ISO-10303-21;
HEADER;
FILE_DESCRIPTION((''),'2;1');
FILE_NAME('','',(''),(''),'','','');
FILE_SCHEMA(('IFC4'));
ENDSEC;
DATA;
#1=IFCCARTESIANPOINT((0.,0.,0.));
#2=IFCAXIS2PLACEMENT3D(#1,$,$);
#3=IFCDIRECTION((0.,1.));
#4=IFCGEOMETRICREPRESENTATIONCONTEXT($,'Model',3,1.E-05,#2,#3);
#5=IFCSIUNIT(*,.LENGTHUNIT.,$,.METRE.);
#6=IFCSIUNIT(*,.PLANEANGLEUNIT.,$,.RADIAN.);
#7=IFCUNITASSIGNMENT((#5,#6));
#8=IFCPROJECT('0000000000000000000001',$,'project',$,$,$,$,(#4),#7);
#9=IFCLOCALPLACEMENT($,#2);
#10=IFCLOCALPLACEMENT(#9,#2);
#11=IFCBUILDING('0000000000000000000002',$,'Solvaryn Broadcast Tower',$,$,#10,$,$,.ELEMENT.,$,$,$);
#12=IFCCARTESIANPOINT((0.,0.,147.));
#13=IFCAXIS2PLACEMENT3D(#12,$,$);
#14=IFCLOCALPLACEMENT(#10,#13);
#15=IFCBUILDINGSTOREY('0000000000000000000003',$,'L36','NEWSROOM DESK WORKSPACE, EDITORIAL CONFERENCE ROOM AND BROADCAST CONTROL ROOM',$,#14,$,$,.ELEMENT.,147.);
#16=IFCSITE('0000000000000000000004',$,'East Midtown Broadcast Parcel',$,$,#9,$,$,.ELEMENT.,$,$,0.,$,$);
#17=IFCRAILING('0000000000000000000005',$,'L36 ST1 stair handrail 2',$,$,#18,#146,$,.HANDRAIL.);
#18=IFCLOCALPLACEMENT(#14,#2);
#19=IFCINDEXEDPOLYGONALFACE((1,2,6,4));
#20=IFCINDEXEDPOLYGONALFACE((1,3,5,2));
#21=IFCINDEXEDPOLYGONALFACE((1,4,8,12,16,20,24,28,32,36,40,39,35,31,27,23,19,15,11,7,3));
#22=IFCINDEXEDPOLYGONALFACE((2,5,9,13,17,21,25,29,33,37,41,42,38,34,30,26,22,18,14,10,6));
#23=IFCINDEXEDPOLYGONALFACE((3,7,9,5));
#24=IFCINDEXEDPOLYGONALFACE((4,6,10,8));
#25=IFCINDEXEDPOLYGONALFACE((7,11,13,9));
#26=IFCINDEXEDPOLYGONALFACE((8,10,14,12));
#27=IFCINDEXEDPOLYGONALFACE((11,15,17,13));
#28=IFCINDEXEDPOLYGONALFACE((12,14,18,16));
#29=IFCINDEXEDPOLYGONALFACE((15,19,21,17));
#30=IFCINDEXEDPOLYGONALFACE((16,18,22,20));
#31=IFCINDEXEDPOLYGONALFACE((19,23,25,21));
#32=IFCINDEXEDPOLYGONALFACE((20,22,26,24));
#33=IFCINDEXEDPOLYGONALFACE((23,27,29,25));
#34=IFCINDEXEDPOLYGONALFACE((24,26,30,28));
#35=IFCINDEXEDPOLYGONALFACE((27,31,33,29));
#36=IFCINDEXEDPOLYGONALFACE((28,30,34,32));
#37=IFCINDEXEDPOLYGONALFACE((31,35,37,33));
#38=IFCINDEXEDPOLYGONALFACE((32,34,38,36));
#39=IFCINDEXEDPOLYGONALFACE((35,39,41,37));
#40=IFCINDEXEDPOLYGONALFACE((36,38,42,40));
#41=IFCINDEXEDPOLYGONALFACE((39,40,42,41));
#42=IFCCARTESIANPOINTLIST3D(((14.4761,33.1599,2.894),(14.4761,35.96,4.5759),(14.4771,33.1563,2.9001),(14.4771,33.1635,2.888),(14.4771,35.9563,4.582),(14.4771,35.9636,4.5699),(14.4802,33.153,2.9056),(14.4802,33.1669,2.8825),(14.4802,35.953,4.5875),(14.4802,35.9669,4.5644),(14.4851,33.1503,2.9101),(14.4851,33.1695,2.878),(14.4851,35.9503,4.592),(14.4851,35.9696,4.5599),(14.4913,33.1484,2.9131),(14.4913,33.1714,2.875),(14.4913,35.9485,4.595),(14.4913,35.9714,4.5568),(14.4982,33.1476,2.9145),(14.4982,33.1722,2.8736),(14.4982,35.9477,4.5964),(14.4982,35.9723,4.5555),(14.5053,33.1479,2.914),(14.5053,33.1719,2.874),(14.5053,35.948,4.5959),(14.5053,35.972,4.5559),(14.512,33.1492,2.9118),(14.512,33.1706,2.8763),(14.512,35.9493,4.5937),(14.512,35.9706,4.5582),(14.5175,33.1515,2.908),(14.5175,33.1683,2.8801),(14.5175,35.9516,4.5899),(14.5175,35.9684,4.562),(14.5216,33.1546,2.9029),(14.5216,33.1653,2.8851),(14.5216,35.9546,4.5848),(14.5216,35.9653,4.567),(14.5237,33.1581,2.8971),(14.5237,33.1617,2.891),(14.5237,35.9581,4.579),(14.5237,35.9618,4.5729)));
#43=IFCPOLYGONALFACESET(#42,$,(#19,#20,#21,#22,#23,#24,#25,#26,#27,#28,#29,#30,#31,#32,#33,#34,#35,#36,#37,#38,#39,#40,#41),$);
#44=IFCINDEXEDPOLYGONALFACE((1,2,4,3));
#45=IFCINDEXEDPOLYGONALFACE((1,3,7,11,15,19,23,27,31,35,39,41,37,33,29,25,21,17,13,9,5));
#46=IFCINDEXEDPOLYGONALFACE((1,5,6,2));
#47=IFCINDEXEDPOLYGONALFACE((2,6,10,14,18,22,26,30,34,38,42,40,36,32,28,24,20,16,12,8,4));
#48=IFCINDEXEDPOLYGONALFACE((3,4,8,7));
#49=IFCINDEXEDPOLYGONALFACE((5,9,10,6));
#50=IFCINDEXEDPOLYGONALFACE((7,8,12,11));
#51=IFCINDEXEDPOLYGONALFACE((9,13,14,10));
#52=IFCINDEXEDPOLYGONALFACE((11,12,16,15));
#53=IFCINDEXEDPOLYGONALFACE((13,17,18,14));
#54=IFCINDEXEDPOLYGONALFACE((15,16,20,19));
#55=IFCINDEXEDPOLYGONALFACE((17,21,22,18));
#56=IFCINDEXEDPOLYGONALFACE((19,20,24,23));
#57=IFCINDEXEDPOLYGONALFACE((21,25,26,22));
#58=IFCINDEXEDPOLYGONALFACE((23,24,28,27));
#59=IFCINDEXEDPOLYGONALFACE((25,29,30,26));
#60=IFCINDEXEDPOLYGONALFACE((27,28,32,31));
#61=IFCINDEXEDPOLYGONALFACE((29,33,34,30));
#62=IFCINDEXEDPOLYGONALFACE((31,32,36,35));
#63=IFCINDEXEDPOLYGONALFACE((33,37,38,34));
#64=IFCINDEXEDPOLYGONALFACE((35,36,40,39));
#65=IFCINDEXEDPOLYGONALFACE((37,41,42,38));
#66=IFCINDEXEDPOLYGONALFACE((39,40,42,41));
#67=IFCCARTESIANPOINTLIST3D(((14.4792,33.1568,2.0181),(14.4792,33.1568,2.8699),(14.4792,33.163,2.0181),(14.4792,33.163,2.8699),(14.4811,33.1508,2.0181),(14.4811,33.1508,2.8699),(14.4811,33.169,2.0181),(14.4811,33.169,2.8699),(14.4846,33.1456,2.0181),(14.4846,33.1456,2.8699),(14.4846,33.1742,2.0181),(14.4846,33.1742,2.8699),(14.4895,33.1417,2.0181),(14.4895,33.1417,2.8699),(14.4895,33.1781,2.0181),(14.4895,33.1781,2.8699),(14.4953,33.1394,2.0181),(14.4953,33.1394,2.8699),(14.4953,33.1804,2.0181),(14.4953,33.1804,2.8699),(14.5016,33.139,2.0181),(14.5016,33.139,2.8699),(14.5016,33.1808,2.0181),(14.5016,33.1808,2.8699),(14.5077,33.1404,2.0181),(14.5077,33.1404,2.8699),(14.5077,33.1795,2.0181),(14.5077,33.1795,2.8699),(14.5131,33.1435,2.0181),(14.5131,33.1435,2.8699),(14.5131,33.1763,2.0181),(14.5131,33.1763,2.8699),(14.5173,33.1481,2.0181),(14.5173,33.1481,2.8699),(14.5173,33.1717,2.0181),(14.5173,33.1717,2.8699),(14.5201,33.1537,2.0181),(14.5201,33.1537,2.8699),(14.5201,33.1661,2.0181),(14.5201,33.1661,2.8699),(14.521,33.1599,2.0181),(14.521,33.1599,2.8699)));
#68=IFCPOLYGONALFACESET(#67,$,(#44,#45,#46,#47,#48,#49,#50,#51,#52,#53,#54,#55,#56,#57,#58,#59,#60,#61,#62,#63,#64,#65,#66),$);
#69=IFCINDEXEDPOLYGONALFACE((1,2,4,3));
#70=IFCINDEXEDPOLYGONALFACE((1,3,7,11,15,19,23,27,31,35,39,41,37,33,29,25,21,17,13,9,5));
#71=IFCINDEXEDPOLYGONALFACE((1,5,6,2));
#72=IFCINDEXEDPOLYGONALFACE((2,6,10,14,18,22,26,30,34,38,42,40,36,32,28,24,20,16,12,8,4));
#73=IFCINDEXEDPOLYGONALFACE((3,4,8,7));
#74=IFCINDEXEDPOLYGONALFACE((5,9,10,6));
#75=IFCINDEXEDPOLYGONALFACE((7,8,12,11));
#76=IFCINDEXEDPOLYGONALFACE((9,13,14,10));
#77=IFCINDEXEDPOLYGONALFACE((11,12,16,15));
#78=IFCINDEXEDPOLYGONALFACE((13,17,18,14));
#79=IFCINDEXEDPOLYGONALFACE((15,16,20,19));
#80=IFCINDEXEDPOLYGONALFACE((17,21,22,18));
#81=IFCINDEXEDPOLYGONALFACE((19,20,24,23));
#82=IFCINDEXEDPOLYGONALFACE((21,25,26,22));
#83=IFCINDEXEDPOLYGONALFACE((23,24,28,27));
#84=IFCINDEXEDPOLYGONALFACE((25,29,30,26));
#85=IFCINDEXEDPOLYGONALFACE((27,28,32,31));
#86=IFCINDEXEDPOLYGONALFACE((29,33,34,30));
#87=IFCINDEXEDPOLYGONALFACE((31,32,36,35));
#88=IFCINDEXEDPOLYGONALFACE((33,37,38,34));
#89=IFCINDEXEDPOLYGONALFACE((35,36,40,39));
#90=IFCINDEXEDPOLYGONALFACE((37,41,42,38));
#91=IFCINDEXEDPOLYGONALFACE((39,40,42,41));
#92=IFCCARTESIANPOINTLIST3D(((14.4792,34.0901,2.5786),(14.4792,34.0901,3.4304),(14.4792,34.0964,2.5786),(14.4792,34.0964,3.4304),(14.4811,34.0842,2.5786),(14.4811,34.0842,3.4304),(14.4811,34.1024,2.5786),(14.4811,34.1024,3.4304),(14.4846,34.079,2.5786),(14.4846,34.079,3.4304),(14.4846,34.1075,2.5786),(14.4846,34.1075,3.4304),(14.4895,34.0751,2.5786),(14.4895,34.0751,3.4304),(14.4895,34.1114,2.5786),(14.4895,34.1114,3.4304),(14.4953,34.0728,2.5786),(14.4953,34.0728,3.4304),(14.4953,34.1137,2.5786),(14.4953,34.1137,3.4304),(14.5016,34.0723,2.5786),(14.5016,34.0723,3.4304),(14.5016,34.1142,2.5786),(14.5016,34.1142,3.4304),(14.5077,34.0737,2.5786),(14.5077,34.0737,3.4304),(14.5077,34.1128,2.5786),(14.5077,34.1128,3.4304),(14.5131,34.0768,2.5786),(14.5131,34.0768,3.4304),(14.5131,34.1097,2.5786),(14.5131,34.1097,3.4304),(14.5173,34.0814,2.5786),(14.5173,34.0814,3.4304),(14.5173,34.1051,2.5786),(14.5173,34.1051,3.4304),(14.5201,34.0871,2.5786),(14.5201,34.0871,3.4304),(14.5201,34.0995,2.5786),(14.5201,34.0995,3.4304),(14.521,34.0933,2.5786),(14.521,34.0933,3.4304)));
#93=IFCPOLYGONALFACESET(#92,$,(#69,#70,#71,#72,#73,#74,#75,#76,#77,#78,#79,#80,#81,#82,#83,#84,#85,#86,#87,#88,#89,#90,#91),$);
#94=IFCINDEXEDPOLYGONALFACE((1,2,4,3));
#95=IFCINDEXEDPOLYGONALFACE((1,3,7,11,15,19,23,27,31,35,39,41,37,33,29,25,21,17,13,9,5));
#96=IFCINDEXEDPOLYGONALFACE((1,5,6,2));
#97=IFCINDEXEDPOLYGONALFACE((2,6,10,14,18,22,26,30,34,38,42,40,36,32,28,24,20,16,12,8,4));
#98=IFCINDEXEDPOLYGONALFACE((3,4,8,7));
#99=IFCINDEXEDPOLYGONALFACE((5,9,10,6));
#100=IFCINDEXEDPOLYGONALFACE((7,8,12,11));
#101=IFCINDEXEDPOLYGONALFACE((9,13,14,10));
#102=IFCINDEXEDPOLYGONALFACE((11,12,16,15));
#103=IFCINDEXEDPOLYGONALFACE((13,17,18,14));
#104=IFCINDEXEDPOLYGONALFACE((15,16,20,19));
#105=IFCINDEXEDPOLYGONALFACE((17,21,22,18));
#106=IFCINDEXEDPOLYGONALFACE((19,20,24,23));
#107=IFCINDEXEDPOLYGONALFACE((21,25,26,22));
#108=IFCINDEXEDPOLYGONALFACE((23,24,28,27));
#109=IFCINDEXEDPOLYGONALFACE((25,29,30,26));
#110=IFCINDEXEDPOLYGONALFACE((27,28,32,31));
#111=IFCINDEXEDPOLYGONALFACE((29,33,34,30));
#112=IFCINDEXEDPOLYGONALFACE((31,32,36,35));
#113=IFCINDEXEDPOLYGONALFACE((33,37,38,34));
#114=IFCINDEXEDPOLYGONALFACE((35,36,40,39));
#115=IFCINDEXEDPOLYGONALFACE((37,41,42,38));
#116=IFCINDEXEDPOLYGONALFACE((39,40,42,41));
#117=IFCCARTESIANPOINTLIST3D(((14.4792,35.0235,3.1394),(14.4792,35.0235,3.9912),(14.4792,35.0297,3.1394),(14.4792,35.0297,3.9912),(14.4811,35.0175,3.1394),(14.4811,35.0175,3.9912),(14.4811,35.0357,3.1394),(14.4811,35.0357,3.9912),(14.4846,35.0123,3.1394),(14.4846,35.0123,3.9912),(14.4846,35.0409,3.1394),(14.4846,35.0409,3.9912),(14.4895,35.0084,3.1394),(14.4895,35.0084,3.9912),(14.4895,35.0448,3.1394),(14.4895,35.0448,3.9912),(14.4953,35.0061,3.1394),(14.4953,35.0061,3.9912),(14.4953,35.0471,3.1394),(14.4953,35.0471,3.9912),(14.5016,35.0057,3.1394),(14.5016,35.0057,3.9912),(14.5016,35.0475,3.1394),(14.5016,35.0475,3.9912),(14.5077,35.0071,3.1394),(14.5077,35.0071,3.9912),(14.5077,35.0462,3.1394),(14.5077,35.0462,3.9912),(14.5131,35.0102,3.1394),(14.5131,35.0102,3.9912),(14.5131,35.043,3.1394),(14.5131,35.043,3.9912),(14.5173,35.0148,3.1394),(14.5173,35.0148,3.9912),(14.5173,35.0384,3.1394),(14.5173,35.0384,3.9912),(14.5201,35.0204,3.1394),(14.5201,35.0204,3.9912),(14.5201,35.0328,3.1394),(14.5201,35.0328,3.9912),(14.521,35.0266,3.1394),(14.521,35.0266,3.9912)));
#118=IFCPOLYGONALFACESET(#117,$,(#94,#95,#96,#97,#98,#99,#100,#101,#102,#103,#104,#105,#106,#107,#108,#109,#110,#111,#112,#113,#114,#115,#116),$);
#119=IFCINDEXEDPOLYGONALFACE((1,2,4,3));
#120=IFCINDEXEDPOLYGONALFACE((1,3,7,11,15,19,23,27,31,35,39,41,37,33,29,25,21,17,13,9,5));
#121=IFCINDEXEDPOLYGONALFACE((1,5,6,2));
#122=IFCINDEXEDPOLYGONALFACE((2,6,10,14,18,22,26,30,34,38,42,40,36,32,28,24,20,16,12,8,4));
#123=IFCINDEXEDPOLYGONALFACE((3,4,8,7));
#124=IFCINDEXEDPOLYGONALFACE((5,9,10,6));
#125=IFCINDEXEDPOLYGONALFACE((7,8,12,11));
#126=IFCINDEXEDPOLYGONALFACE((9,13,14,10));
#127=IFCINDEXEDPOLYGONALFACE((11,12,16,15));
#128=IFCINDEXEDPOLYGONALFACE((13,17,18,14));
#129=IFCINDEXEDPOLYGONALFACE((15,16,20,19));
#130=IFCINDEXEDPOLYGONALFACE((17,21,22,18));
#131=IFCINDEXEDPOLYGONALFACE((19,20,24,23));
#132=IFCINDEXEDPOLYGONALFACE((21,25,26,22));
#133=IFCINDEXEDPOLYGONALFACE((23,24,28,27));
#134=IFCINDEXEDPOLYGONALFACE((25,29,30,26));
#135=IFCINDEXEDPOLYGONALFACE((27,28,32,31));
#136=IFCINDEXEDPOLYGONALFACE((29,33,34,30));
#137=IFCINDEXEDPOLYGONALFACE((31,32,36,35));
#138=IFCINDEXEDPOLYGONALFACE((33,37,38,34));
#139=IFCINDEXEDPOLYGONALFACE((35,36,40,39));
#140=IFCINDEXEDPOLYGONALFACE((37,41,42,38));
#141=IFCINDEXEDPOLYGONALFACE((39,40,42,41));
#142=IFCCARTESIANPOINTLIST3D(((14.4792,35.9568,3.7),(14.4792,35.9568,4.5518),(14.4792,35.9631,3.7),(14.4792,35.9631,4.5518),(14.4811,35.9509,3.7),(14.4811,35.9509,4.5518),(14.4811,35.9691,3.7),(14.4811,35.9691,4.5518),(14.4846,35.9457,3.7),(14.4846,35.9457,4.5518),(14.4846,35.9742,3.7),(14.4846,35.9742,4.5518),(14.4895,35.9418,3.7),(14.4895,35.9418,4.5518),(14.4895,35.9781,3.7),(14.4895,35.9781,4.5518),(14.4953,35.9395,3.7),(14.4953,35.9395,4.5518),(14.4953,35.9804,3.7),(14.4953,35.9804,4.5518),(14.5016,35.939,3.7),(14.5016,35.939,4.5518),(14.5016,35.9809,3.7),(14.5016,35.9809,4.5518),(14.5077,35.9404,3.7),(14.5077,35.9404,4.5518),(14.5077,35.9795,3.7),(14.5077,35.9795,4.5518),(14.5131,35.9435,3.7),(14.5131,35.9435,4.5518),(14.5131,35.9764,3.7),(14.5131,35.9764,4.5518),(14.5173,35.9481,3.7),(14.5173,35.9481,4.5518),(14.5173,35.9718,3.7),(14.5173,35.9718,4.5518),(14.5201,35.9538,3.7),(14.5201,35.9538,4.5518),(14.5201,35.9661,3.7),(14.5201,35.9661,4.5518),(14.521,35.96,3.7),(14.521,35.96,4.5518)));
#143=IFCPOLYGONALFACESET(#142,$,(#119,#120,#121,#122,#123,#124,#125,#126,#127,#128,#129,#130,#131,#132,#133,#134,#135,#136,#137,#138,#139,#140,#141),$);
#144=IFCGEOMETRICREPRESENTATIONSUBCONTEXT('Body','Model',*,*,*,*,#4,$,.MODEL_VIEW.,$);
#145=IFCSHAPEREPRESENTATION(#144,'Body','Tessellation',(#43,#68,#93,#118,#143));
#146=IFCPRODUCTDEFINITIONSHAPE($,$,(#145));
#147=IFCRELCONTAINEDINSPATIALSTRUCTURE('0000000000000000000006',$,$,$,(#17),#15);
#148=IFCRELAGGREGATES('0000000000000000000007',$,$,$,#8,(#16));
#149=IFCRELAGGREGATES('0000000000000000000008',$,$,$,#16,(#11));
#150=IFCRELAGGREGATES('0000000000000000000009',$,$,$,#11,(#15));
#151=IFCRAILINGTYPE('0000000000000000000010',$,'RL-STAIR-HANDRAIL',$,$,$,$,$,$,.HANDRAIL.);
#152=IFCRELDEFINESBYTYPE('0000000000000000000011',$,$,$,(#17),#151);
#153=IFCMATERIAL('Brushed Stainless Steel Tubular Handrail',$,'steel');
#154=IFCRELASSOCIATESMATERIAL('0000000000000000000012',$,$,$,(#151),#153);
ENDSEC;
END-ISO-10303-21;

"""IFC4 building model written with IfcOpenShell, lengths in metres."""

from ifc_helpers import new_model, si_unit, direction, frame, origin, origin_2d, place, context, subcontext, project, spatial, circle, extrude, material, type_object, element, save


model = new_model("IFC4")

# Units and contexts
model_context = context("Model", 3, precision=1e-05, world=origin(), true_north=direction((0.0, 1.0)))
body_context = subcontext(model_context, "Body", "Model", "MODEL_VIEW")
ifc_project = project(units=[si_unit("LENGTHUNIT", "METRE"), si_unit("PLANEANGLEUNIT", "RADIAN")], contexts=[model_context])

# Site, building, storey
site_placement = place(None, origin())
site = spatial("IfcSite", under=ifc_project, at=site_placement, Name="East Midtown Broadcast Parcel", CompositionType="ELEMENT", RefElevation=0.0)
building_placement = place(site_placement, origin())
building = spatial("IfcBuilding", under=site, at=building_placement, Name="Solvaryn Broadcast Tower", CompositionType="ELEMENT")
storey_placement = place(building_placement, frame((0.0, 0.0, 147.0)))
storey = spatial("IfcBuildingStorey", under=building, at=storey_placement, Name="L36", Description="NEWSROOM DESK WORKSPACE, EDITORIAL CONFERENCE ROOM AND BROADCAST CONTROL ROOM", CompositionType="ELEMENT", Elevation=147.0)

# Railing
ifc_material_1 = material(Name="Brushed Stainless Steel Tubular Handrail", Category="steel")
railing_type_1 = type_object("IfcRailingType", Name="RL-STAIR-HANDRAIL", PredefinedType="HANDRAIL", material=ifc_material_1)
railing_1_placement = place(storey_placement, frame((14.5, 33.1599, 2.0181)))
element("IfcRailing", 1, at=railing_1_placement, inside=storey, type_object=railing_type_1, Name="L36 ST1 stair handrail 2", PredefinedType="HANDRAIL", context=body_context, shape_type="SweptSolid", body=[
    extrude(circle(Radius=0.0239, at=origin_2d()), frame((0.0, 0.0, 0.876), z_axis=(0.0, 0.857242, 0.514913), x_axis=(-1.0, 0.0, 0.0)), (0.0, 0.0, 1.0), 3.2664),
    extrude(circle(Radius=0.021, at=origin_2d()), origin(), (0.0, 0.0, 1.0), 0.8518),
    extrude(circle(Radius=0.021, at=origin_2d()), frame((0.0, 0.9333, 0.5605)), (0.0, 0.0, 1.0), 0.8518),
    extrude(circle(Radius=0.021, at=origin_2d()), frame((0.0, 1.8667, 1.1213)), (0.0, 0.0, 1.0), 0.8518),
    extrude(circle(Radius=0.021, at=origin_2d()), frame((0.0, 2.8, 1.6819)), (0.0, 0.0, 1.0), 0.8518),
])

save(model, "model.ifc")
